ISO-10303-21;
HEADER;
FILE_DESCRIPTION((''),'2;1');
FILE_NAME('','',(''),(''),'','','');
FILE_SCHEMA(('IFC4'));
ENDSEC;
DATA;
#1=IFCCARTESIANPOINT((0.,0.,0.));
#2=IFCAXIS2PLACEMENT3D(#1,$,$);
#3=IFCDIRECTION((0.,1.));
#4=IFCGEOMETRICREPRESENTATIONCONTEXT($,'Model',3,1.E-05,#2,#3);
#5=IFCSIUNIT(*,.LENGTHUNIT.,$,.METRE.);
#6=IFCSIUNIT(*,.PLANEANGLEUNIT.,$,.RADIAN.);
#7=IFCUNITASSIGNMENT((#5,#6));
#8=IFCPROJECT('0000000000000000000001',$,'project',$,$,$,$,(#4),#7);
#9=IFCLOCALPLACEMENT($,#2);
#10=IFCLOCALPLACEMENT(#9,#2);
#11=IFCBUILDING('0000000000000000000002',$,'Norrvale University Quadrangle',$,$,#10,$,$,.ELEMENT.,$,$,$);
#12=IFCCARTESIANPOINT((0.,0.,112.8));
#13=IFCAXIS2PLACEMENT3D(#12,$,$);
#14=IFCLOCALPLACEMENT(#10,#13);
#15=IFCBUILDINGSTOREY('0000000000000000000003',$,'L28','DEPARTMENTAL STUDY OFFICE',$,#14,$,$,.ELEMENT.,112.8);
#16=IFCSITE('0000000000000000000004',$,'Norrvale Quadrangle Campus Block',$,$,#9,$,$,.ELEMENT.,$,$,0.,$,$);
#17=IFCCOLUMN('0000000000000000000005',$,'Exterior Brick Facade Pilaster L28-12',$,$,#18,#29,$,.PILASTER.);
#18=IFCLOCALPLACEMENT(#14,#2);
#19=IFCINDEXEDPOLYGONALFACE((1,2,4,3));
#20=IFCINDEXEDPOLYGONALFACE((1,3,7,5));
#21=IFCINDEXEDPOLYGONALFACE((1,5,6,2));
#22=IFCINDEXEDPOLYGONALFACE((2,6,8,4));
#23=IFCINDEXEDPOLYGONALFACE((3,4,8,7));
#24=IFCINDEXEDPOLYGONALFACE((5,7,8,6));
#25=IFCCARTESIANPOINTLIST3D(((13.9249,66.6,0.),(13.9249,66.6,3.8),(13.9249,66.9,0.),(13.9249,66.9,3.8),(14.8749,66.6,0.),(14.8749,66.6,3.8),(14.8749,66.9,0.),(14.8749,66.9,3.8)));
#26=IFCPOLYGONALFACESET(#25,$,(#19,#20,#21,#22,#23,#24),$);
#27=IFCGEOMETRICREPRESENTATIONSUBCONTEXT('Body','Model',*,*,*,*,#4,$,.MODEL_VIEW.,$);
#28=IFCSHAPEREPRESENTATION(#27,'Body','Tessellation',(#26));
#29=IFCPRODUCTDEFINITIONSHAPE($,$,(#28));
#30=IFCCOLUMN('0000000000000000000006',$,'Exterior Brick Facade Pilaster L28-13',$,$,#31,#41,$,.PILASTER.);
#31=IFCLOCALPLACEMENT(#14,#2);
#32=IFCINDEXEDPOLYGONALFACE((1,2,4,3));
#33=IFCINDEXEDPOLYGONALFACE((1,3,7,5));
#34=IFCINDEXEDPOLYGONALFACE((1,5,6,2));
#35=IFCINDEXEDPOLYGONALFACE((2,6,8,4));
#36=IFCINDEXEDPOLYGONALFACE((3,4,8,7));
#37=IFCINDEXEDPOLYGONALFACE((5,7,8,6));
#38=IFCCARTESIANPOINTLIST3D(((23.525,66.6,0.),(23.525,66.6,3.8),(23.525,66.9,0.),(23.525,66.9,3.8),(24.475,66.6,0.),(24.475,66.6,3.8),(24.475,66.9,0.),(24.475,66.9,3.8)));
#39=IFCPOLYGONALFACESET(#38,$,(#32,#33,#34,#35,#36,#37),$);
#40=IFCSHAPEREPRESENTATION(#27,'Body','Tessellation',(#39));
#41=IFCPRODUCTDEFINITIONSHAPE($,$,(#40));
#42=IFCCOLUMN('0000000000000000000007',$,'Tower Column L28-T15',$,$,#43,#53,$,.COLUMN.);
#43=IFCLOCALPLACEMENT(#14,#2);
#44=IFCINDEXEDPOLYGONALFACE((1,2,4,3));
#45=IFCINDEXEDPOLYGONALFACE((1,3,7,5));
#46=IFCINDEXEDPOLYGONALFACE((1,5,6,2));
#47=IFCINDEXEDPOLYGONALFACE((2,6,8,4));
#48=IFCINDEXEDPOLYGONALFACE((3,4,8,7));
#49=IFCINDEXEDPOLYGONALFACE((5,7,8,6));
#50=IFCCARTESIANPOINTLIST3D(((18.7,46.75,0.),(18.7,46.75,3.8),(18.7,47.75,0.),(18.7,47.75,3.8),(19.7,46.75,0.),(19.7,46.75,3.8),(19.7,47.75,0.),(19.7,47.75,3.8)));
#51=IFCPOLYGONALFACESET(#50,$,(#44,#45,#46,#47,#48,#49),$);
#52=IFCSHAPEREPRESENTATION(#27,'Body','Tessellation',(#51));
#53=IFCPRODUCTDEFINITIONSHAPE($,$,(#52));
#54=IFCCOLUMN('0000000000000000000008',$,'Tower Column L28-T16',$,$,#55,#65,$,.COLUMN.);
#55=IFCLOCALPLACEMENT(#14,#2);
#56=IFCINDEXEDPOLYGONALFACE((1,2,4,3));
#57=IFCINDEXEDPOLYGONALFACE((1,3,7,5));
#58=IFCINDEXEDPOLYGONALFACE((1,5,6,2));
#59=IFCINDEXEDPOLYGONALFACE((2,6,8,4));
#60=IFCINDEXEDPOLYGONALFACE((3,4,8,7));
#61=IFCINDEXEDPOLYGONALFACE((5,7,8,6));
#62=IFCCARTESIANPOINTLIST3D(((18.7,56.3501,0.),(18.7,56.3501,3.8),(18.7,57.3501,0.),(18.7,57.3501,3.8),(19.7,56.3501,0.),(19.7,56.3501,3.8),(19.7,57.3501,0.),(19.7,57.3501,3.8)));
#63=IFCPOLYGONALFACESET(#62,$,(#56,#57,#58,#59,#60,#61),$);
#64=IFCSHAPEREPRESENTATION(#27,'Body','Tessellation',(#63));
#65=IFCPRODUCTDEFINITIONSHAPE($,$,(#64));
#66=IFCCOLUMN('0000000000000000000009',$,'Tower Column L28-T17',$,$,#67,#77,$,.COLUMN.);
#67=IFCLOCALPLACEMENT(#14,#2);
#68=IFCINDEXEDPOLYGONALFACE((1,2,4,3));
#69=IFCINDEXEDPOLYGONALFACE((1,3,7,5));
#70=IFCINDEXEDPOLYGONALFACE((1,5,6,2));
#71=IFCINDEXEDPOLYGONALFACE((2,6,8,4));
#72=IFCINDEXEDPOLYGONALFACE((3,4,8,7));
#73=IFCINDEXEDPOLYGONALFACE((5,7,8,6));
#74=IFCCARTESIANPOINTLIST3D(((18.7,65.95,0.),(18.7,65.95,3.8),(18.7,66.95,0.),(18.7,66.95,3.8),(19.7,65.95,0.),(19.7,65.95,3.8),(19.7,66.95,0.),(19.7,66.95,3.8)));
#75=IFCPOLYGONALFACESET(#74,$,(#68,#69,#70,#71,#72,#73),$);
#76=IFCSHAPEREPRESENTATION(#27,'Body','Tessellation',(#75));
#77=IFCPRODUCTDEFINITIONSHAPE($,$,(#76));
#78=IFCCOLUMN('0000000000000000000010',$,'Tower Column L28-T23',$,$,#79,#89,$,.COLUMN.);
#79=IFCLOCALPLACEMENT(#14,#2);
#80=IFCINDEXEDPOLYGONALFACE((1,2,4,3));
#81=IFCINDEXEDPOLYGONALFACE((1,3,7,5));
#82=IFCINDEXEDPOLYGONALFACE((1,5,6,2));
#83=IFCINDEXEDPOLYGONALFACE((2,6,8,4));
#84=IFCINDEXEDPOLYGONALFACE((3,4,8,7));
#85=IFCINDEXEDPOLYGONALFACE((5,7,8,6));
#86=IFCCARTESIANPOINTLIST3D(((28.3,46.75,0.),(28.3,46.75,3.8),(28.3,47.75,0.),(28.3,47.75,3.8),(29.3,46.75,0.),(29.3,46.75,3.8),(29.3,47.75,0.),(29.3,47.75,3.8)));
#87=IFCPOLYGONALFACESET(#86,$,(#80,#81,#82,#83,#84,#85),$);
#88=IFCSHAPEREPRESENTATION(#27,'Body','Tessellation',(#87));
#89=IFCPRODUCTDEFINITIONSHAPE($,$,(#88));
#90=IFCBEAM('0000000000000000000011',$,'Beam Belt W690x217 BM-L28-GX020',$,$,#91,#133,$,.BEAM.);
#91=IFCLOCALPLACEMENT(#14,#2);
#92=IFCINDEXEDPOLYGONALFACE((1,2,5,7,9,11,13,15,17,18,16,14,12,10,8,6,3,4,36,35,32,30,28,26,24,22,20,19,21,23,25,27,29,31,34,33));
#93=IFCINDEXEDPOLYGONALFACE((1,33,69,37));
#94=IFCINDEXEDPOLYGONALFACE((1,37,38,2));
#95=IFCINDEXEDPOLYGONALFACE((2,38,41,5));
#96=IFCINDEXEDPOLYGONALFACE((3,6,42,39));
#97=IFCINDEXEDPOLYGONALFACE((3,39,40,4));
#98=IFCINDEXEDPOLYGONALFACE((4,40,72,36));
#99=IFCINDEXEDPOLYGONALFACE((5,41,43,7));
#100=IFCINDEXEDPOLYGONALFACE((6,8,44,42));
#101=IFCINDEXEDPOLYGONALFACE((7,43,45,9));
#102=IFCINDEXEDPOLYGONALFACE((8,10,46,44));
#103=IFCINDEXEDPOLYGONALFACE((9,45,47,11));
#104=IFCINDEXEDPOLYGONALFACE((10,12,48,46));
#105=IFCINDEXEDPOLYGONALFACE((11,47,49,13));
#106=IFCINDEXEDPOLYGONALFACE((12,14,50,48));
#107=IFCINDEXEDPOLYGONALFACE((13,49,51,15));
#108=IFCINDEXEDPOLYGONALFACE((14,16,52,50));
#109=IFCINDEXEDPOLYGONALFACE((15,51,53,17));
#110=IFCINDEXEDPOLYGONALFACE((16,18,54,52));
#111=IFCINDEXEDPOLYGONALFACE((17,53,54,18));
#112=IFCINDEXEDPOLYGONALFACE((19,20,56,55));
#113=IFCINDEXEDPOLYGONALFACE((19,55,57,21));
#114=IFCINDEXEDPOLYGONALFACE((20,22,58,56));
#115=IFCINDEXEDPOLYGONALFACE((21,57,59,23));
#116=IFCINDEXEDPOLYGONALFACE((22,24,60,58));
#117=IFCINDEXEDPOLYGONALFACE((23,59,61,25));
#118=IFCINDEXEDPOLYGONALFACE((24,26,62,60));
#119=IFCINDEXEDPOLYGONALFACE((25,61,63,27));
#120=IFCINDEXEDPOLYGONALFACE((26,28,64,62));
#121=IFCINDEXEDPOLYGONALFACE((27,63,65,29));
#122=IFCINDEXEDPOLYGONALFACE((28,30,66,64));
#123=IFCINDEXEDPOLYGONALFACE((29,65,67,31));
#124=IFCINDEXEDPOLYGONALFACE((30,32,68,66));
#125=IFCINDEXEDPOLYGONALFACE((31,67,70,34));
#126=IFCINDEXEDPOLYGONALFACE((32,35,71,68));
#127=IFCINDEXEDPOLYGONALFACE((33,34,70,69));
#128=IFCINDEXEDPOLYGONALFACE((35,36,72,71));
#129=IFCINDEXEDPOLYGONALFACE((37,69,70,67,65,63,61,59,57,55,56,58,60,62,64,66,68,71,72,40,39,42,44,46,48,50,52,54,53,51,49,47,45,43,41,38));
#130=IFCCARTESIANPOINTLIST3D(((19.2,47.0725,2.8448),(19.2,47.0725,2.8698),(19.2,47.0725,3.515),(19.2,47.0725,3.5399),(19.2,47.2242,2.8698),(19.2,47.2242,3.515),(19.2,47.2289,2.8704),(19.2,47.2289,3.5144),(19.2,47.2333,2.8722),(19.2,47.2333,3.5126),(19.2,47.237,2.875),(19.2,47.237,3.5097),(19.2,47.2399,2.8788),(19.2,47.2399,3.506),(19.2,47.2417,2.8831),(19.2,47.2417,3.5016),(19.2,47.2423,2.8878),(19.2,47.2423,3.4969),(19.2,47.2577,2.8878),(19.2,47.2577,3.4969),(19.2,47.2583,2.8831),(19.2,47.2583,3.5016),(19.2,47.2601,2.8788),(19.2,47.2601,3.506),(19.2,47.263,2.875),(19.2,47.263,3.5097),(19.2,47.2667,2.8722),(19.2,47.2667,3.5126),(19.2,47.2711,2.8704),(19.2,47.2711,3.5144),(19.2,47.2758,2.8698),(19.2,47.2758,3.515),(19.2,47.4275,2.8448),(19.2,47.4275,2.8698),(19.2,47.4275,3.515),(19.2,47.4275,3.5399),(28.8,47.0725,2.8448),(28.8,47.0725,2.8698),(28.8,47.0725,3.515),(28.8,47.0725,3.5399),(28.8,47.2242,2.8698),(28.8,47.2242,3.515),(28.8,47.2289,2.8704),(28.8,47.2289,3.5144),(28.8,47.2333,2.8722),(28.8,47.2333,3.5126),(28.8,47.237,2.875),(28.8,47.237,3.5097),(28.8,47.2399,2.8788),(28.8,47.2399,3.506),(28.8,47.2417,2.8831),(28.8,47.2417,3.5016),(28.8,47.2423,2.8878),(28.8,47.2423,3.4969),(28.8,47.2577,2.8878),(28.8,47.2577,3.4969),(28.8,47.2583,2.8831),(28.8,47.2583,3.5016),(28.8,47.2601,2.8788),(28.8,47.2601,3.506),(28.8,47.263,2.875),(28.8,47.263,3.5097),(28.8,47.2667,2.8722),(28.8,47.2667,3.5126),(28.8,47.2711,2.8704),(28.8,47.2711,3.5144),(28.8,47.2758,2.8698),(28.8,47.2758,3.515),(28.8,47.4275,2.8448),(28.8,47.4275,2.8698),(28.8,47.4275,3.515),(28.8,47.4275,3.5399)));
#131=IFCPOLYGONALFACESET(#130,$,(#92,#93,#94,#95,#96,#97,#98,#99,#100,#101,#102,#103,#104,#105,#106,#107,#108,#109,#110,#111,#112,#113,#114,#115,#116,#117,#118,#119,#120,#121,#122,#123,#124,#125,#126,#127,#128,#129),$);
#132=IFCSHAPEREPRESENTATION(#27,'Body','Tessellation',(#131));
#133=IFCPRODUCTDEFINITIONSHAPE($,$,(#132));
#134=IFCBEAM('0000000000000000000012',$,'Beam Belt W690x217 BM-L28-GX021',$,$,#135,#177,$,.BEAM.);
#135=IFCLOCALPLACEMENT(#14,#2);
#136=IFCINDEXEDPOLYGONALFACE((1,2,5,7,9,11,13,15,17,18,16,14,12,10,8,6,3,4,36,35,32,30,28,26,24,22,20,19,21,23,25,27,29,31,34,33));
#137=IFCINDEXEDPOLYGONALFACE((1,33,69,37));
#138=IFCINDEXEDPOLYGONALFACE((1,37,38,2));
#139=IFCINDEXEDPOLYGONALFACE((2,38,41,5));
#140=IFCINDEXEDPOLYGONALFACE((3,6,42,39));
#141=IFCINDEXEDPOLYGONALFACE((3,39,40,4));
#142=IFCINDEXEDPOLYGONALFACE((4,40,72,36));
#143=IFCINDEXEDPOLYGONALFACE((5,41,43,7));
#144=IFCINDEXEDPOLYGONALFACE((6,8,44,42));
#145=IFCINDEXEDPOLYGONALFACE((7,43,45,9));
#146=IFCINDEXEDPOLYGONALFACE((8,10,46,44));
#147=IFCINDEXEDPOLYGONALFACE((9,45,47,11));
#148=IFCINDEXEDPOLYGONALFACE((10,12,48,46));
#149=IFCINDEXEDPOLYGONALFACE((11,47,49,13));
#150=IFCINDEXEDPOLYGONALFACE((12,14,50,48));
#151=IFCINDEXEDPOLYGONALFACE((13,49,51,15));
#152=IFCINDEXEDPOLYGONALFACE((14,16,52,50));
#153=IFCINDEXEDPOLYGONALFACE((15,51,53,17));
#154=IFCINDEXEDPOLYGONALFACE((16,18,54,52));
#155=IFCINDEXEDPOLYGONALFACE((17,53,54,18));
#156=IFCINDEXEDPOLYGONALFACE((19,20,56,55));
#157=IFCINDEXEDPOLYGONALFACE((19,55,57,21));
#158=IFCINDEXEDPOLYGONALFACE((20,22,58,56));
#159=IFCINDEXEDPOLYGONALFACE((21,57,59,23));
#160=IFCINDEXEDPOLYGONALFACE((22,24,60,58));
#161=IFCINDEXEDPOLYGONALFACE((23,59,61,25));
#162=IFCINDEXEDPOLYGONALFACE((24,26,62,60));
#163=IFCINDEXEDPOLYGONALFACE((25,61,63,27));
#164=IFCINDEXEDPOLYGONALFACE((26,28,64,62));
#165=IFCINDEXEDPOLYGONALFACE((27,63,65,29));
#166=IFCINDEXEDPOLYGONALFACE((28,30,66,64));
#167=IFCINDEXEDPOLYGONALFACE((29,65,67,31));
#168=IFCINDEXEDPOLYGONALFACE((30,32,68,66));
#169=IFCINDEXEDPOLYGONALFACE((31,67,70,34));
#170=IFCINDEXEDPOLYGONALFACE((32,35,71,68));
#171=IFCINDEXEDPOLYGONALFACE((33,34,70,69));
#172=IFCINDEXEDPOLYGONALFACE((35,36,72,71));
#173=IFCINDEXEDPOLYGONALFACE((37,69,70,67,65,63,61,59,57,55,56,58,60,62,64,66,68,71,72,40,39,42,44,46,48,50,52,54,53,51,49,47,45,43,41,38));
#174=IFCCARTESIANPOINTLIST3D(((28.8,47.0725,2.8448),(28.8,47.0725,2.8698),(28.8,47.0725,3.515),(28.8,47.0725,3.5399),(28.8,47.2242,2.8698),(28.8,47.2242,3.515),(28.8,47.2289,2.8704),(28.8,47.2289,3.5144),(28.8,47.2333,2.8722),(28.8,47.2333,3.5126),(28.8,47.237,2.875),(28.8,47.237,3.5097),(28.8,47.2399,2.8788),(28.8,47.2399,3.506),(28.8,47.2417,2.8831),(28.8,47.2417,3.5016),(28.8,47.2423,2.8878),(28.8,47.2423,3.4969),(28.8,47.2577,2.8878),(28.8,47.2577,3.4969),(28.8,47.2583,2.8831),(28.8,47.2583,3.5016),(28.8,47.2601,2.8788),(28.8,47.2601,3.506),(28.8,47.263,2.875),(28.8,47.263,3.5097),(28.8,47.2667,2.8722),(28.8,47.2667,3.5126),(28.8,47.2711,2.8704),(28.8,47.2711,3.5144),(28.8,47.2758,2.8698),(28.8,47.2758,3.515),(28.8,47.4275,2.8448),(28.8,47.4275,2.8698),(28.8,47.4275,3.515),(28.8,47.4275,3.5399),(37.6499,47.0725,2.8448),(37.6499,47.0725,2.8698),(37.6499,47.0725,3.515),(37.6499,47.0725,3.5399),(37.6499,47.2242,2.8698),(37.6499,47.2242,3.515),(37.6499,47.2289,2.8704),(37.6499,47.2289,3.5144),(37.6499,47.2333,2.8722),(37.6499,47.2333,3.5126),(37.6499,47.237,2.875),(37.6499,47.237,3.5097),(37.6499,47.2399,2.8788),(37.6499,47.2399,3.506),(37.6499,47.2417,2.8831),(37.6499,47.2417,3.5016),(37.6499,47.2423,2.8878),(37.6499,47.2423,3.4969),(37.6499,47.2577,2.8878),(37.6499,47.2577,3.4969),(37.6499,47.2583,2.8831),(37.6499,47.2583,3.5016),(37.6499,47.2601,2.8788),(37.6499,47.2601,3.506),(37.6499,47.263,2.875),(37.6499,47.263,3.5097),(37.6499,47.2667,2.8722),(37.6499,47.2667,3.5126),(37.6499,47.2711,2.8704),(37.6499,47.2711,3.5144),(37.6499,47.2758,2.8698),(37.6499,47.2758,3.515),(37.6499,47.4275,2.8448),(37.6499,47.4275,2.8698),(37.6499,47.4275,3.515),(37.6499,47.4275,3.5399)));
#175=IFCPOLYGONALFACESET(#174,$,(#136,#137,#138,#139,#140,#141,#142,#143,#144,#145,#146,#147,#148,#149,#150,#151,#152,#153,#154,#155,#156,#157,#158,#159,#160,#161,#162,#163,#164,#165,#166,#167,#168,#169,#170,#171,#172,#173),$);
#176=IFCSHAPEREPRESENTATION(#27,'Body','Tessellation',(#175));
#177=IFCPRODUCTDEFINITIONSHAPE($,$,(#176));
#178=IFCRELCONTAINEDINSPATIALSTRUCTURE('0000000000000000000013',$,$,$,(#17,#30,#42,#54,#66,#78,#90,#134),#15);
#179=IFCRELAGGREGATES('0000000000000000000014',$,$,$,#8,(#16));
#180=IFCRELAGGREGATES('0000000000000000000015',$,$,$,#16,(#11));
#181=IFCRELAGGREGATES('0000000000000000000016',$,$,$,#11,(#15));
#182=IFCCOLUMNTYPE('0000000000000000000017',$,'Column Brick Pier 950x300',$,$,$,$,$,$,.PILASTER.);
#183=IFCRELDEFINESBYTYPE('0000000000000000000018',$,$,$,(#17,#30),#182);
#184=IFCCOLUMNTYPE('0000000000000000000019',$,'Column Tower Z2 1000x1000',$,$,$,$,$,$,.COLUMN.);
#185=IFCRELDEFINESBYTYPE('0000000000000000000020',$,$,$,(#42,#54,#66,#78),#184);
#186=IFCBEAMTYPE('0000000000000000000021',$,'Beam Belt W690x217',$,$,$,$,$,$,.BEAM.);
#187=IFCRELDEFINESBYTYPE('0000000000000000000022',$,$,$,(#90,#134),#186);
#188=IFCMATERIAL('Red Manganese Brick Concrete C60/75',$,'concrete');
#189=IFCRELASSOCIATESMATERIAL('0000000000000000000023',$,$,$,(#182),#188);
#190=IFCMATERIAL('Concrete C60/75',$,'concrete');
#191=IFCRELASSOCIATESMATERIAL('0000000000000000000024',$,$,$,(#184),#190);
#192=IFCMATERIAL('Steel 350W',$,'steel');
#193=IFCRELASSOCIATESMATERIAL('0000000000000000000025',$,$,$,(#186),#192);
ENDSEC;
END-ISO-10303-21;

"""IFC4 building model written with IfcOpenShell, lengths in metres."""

from ifc_helpers import new_model, si_unit, direction, frame, origin, origin_2d, place, context, subcontext, project, spatial, rectangle, i_section, extrude, material, material_profile, profile_set, type_object, element, save


model = new_model("IFC4")

# Units and contexts
model_context = context("Model", 3, precision=1e-05, world=origin(), true_north=direction((0.0, 1.0)))
body_context = subcontext(model_context, "Body", "Model", "MODEL_VIEW")
ifc_project = project(units=[si_unit("LENGTHUNIT", "METRE"), si_unit("PLANEANGLEUNIT", "RADIAN")], contexts=[model_context])

# Site, building, storey
site_placement = place(None, origin())
site = spatial("IfcSite", under=ifc_project, at=site_placement, Name="Norrvale Quadrangle Campus Block", CompositionType="ELEMENT", RefElevation=0.0)
building_placement = place(site_placement, origin())
building = spatial("IfcBuilding", under=site, at=building_placement, Name="Norrvale University Quadrangle", CompositionType="ELEMENT")
storey_placement = place(building_placement, frame((0.0, 0.0, 112.8)))
storey = spatial("IfcBuildingStorey", under=building, at=storey_placement, Name="L28", Description="DEPARTMENTAL STUDY OFFICE", CompositionType="ELEMENT", Elevation=112.8)

# Columns
ifc_material_1 = material(Name="Red Manganese Brick Concrete C60/75", Category="concrete")
ifc_material_profile_1 = material_profile(ifc_material_1, rectangle(XDim=0.95, YDim=0.3, at=origin_2d()), Name="Red Manganese Brick Concrete C60/75")
ifc_profile_set_1 = profile_set([ifc_material_profile_1], Name="Red Manganese Brick Concrete C60/75")
column_type_1 = type_object("IfcColumnType", Name="Column Brick Pier 950x300", PredefinedType="PILASTER", material=ifc_profile_set_1)
for number, where, z_axis, x_axis, name in (
    (1, (14.3999, 66.75, 0.0), (0.0, 0.0, 1.0), (1.0, 0.0, 0.0), "Exterior Brick Facade Pilaster L28-12"),
    (2, (24.0, 66.75, 0.0), (0.0, 0.0, 1.0), (1.0, 0.0, 0.0), "Exterior Brick Facade Pilaster L28-13"),
):
    element("IfcColumn", number, at=place(storey_placement, frame(where, z_axis=z_axis, x_axis=x_axis)), inside=storey, type_object=column_type_1, Name=name, PredefinedType="PILASTER", context=body_context, shape_type="SweptSolid", body=[
        extrude(rectangle(XDim=0.95, YDim=0.3, at=origin_2d()), origin(), (0.0, 0.0, 1.0), 3.8),
    ])
ifc_material_2 = material(Name="Concrete C60/75", Category="concrete")
ifc_material_profile_2 = material_profile(ifc_material_2, rectangle(XDim=1.0, YDim=1.0, at=origin_2d()), Name="Concrete C60/75")
ifc_profile_set_2 = profile_set([ifc_material_profile_2], Name="Concrete C60/75")
column_type_2 = type_object("IfcColumnType", Name="Column Tower Z2 1000x1000", PredefinedType="COLUMN", material=ifc_profile_set_2)
for number, where, z_axis, x_axis, name in (
    (3, (19.2, 47.25, 0.0), (0.0, 0.0, 1.0), (1.0, 0.0, 0.0), "Tower Column L28-T15"),
    (4, (19.2, 56.8501, 0.0), (0.0, 0.0, 1.0), (1.0, 0.0, 0.0), "Tower Column L28-T16"),
    (5, (19.2, 66.45, 0.0), (0.0, 0.0, 1.0), (1.0, 0.0, 0.0), "Tower Column L28-T17"),
    (6, (28.8, 47.25, 0.0), (0.0, 0.0, 1.0), (1.0, 0.0, 0.0), "Tower Column L28-T23"),
):
    element("IfcColumn", number, at=place(storey_placement, frame(where, z_axis=z_axis, x_axis=x_axis)), inside=storey, type_object=column_type_2, Name=name, PredefinedType="COLUMN", context=body_context, shape_type="SweptSolid", body=[
        extrude(rectangle(XDim=1.0, YDim=1.0, at=origin_2d()), origin(), (0.0, 0.0, 1.0), 3.8),
    ])

# Beams
ifc_material_3 = material(Name="Steel 350W", Category="steel")
ifc_material_profile_3 = material_profile(ifc_material_3, i_section(OverallWidth=0.355, OverallDepth=0.6951, WebThickness=0.0154, FlangeThickness=0.0249, FilletRadius=0.0181, at=origin_2d()), Name="Steel 350W")
ifc_profile_set_3 = profile_set([ifc_material_profile_3], Name="Steel 350W")
beam_type_1 = type_object("IfcBeamType", Name="Beam Belt W690x217", PredefinedType="BEAM", material=ifc_profile_set_3)
beam_1_placement = place(storey_placement, frame((19.2, 47.25, 3.1924), z_axis=(1.0, 0.0, 0.0), x_axis=(0.0, 1.0, 0.0)))
element("IfcBeam", 7, at=beam_1_placement, inside=storey, type_object=beam_type_1, Name="Beam Belt W690x217 BM-L28-GX020", PredefinedType="BEAM", context=body_context, shape_type="SweptSolid", body=[
    extrude(i_section(OverallWidth=0.355, OverallDepth=0.6951, WebThickness=0.0154, FlangeThickness=0.0249, FilletRadius=0.0181, at=origin_2d()), origin(), (0.0, 0.0, 1.0), 9.6001),
])
beam_2_placement = place(storey_placement, frame((28.8, 47.25, 3.1924), z_axis=(1.0, 0.0, 0.0), x_axis=(0.0, 1.0, 0.0)))
element("IfcBeam", 8, at=beam_2_placement, inside=storey, type_object=beam_type_1, Name="Beam Belt W690x217 BM-L28-GX021", PredefinedType="BEAM", context=body_context, shape_type="SweptSolid", body=[
    extrude(i_section(OverallWidth=0.355, OverallDepth=0.6951, WebThickness=0.0154, FlangeThickness=0.0249, FilletRadius=0.0181, at=origin_2d()), origin(), (0.0, 0.0, 1.0), 8.8499),
])

save(model, "model.ifc")
